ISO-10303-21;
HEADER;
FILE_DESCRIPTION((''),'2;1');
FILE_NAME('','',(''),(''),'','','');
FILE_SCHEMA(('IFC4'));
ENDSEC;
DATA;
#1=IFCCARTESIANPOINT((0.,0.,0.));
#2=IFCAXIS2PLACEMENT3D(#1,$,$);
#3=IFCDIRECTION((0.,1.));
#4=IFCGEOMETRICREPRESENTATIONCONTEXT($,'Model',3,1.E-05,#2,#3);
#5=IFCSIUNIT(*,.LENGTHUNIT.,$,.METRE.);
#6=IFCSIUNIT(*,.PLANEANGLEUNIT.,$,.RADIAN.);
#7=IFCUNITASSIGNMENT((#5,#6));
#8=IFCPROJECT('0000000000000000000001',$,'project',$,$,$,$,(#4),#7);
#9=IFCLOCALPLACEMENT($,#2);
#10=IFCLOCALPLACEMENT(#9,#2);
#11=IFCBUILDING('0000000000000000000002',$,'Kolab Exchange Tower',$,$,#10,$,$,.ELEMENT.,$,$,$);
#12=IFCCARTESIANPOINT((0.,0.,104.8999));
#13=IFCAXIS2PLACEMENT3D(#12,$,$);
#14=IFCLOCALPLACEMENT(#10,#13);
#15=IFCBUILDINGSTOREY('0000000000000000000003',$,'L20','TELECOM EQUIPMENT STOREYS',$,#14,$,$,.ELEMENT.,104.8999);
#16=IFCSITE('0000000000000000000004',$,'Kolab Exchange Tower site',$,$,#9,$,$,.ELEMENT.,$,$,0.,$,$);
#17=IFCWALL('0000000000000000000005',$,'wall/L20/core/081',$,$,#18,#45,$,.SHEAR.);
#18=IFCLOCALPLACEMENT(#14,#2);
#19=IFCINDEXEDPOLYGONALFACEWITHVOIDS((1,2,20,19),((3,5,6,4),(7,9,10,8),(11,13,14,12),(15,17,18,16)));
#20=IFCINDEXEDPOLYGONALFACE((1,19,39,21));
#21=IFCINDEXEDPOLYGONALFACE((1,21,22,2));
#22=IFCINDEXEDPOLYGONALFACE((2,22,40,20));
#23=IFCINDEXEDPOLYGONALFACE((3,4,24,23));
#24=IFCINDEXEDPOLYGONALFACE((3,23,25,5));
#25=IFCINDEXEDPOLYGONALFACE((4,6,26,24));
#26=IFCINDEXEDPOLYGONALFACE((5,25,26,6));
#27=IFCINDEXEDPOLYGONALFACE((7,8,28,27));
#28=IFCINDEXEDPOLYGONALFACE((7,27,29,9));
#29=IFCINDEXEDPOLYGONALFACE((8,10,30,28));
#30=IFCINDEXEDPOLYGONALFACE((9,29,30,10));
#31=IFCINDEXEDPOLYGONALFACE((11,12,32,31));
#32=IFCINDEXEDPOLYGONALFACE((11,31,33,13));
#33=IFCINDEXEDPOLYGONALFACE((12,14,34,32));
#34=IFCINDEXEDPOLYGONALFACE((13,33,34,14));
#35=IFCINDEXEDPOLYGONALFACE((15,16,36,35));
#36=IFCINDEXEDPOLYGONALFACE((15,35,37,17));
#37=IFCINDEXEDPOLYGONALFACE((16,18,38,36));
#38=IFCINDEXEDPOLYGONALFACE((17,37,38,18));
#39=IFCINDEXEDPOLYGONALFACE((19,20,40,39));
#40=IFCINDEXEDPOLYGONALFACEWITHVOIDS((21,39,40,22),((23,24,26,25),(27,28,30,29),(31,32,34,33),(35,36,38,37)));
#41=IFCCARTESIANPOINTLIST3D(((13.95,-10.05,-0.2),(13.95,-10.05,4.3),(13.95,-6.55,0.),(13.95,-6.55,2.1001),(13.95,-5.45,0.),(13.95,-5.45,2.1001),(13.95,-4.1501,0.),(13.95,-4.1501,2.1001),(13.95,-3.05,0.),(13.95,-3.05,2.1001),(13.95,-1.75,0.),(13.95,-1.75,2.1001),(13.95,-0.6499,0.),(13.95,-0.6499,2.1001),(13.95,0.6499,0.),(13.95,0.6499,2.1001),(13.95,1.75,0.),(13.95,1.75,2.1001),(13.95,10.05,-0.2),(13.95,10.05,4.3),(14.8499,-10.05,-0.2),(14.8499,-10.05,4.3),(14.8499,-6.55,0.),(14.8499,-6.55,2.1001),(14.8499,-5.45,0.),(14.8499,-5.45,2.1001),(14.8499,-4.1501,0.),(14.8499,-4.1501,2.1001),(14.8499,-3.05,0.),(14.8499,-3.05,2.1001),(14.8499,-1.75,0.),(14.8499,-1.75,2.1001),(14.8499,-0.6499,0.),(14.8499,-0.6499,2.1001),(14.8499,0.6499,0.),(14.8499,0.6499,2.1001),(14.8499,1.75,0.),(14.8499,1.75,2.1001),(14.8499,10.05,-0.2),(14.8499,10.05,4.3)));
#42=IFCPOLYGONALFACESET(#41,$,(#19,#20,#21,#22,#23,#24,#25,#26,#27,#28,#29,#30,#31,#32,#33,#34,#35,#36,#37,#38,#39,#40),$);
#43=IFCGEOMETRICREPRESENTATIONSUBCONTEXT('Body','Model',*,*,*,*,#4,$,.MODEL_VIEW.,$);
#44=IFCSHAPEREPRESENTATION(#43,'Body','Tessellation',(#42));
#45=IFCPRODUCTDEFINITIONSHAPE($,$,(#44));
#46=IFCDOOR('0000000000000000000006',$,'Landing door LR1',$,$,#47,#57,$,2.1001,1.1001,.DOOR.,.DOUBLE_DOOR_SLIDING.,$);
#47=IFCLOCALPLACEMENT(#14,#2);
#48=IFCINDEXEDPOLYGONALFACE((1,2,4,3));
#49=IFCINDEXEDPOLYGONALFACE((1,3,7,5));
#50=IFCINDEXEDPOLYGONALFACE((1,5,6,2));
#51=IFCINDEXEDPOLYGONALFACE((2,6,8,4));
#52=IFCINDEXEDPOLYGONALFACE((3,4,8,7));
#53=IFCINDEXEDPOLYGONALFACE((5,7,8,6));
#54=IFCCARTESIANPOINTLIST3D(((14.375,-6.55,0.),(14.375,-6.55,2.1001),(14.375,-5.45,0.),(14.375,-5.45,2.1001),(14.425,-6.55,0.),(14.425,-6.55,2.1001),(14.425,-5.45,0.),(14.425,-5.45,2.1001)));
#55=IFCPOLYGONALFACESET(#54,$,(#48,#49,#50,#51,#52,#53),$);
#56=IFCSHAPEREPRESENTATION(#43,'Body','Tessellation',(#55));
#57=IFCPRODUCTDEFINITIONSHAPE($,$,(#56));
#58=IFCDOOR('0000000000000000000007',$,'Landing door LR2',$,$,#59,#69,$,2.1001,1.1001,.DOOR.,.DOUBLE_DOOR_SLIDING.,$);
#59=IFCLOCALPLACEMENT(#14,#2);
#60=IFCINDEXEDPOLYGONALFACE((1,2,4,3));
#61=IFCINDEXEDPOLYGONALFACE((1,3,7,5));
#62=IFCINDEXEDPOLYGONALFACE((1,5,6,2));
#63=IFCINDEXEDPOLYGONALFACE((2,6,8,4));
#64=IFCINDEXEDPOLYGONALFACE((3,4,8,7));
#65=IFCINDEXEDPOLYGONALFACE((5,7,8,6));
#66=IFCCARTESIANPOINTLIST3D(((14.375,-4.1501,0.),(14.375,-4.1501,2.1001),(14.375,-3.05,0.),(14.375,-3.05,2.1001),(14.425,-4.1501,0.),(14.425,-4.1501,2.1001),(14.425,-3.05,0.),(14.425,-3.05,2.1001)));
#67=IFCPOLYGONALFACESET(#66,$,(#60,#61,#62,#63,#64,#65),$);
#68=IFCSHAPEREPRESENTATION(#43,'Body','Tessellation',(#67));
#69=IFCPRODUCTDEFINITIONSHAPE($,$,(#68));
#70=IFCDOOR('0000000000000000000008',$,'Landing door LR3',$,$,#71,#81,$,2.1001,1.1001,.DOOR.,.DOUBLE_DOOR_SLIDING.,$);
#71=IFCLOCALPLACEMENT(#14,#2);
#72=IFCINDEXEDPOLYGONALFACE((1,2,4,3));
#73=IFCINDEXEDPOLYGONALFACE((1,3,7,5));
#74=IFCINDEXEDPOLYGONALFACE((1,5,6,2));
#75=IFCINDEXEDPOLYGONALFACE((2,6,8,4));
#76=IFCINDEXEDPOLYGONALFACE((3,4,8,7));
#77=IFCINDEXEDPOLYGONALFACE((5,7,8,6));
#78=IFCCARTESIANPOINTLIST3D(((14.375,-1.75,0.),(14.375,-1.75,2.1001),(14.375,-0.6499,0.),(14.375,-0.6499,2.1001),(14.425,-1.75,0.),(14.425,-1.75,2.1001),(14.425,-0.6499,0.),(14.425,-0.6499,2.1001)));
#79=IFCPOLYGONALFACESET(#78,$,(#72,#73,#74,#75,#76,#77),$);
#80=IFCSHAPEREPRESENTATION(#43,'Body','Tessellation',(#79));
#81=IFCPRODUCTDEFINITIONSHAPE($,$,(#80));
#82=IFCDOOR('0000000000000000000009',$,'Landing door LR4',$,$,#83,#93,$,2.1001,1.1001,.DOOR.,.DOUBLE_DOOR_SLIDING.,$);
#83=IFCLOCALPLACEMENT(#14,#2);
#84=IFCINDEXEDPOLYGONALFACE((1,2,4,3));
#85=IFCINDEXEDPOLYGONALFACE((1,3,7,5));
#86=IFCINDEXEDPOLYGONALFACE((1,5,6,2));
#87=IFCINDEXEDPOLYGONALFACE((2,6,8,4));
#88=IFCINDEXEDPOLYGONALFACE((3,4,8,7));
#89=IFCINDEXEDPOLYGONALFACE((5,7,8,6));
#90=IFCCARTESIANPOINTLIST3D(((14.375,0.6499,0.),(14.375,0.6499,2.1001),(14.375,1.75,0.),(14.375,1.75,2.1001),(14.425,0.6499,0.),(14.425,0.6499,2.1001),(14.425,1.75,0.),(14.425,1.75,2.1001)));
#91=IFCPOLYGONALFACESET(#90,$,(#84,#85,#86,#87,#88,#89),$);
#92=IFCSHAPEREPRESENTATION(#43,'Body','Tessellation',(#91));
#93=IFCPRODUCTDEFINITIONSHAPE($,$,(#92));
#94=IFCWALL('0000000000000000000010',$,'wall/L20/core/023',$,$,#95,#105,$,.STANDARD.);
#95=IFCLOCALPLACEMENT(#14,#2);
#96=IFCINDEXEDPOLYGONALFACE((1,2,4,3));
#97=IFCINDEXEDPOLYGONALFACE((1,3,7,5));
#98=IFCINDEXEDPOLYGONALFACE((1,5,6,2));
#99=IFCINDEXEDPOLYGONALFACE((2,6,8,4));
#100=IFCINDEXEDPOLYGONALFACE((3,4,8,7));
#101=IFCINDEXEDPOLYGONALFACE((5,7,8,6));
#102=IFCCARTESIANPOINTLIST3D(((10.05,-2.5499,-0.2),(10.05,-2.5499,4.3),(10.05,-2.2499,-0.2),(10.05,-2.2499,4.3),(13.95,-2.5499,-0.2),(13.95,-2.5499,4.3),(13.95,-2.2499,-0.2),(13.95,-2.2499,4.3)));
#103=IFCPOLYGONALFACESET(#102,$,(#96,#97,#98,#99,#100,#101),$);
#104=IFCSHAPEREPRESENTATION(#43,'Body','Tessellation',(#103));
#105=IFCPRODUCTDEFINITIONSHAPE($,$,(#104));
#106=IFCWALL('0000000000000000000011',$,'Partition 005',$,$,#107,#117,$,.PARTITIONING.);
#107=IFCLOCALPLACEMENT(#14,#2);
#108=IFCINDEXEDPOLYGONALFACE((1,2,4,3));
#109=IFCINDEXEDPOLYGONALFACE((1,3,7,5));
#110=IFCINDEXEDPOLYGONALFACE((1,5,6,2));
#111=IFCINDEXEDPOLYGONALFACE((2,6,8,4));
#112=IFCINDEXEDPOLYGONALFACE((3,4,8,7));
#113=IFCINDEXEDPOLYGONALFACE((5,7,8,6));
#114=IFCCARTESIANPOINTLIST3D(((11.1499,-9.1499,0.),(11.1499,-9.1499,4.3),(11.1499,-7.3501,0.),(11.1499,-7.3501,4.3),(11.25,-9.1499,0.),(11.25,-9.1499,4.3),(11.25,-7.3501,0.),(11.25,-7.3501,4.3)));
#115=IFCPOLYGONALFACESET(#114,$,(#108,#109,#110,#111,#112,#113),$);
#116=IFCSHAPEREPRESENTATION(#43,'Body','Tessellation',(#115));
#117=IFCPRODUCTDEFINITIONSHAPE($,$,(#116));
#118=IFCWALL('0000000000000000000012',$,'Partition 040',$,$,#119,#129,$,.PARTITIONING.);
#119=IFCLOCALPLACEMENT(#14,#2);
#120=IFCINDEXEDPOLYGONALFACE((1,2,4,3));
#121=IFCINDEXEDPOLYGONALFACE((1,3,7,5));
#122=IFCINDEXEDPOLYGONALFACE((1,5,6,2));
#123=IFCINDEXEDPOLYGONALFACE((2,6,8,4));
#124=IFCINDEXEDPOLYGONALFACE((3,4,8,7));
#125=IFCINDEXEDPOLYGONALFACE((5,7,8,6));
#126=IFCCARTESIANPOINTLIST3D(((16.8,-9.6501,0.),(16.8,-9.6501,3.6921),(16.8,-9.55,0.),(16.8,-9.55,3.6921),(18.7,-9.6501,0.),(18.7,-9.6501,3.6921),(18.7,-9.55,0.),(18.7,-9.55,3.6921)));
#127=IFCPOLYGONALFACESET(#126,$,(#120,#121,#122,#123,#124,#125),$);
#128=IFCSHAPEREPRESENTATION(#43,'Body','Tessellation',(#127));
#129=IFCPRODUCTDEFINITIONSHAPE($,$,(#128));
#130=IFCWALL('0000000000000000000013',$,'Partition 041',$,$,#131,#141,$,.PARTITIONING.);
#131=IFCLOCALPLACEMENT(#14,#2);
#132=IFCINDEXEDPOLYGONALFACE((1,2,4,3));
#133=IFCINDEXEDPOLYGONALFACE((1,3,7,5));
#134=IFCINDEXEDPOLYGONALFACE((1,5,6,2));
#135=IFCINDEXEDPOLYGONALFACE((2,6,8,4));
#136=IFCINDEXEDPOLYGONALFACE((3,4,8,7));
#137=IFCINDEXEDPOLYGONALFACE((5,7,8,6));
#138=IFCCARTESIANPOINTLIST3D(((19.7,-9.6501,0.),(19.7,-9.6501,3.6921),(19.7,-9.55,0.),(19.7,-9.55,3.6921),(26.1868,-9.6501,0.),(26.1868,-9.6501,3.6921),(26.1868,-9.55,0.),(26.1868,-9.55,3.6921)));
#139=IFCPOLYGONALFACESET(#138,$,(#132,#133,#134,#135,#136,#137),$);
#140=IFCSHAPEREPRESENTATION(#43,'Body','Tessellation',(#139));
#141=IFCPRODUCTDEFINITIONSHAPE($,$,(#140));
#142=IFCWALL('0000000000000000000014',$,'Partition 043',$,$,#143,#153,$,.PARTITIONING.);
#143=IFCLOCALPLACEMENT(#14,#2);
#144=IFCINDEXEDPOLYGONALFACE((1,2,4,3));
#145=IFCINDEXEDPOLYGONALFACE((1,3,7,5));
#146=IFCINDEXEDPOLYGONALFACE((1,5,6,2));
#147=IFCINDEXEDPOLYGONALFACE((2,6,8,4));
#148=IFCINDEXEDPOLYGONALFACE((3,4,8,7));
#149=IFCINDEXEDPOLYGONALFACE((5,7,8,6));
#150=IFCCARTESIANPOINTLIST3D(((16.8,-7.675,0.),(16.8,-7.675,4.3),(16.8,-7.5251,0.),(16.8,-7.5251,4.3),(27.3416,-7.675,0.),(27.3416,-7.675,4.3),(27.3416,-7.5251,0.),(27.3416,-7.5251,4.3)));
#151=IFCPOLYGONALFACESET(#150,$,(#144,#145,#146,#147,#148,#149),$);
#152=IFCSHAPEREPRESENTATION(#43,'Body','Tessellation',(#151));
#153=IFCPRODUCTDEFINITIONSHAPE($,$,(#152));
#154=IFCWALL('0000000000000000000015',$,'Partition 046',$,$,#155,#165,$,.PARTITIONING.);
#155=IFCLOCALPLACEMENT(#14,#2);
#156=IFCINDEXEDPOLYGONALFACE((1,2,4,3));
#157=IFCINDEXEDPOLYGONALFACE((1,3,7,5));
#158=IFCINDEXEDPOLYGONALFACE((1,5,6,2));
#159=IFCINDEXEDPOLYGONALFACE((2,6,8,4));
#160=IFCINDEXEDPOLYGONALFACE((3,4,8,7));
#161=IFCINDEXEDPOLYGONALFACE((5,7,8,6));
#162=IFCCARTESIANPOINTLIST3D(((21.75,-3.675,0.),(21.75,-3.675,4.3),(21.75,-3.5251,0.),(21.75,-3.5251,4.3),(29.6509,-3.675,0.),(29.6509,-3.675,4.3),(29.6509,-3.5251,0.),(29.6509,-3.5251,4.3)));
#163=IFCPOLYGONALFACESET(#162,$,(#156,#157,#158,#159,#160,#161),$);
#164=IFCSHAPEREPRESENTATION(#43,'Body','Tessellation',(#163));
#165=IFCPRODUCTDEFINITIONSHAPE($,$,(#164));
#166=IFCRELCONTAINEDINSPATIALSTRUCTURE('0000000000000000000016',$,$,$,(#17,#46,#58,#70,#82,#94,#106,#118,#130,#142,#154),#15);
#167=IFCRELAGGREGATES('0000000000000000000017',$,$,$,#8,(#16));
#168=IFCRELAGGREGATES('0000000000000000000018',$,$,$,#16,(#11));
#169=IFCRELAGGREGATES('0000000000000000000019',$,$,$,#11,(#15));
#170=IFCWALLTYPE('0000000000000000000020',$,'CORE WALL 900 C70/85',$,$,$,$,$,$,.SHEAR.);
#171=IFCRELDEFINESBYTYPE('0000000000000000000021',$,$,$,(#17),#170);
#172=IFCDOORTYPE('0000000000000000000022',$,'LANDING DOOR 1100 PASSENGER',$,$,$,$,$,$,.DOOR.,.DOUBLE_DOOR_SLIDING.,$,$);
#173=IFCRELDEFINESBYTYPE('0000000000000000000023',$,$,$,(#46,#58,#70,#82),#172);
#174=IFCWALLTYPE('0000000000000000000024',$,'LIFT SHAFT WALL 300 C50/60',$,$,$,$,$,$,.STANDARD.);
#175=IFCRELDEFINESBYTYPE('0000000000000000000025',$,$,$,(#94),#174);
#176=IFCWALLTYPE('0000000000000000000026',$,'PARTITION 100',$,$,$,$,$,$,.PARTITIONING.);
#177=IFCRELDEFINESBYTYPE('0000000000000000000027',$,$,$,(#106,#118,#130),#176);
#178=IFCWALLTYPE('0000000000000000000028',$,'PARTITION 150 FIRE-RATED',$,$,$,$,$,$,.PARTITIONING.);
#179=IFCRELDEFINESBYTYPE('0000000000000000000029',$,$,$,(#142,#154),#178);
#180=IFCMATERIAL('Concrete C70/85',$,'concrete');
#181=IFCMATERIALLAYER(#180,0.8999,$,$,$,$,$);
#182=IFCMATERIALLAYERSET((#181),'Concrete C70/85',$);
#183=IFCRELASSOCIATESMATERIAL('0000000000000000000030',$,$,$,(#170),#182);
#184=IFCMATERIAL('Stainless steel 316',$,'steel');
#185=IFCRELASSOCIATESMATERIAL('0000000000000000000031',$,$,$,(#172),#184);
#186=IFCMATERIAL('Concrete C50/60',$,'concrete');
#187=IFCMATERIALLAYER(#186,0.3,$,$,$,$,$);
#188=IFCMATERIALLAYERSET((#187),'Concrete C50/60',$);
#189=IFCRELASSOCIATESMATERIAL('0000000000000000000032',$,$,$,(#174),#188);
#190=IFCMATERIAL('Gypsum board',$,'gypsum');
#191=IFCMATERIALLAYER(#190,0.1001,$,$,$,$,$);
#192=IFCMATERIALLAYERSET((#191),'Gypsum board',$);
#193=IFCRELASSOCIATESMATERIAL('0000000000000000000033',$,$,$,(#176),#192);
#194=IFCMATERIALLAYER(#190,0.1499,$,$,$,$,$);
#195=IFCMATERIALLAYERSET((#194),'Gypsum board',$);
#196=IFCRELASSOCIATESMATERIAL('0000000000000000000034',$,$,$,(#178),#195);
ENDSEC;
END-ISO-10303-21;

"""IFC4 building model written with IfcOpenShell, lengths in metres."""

from ifc_helpers import new_model, si_unit, direction, frame, frame_2d, origin, place, context, subcontext, project, spatial, rectangle, extrude, material, layer, layer_set, type_object, element, fill, save


model = new_model("IFC4")

# Units and contexts
model_context = context("Model", 3, precision=1e-05, world=origin(), true_north=direction((0.0, 1.0)))
body_context = subcontext(model_context, "Body", "Model", "MODEL_VIEW")
ifc_project = project(units=[si_unit("LENGTHUNIT", "METRE"), si_unit("PLANEANGLEUNIT", "RADIAN")], contexts=[model_context])

# Site, building, storey
site_placement = place(None, origin())
site = spatial("IfcSite", under=ifc_project, at=site_placement, Name="Kolab Exchange Tower site", CompositionType="ELEMENT", RefElevation=0.0)
building_placement = place(site_placement, origin())
building = spatial("IfcBuilding", under=site, at=building_placement, Name="Kolab Exchange Tower", CompositionType="ELEMENT")
storey_placement = place(building_placement, frame((0.0, 0.0, 104.8999)))
storey = spatial("IfcBuildingStorey", under=building, at=storey_placement, Name="L20", Description="TELECOM EQUIPMENT STOREYS", CompositionType="ELEMENT", Elevation=104.8999)

# Shared definitions
ifc_material_1 = material(Name="Concrete C70/85", Category="concrete")

# Wall, openings, doors
ifc_layer_1 = layer(ifc_material_1, 0.8999)
ifc_layer_set_1 = layer_set([ifc_layer_1], Name="Concrete C70/85")
wall_type_1 = type_object("IfcWallType", Name="CORE WALL 900 C70/85", PredefinedType="SHEAR", material=ifc_layer_set_1)
wall_1_placement = place(storey_placement, frame((14.3999, -10.05, -0.2), z_axis=(0.0, 0.0, 1.0), x_axis=(0.0, 1.0, 0.0)))
wall_1 = element("IfcWall", 1, at=wall_1_placement, inside=storey, type_object=wall_type_1, Name="wall/L20/core/081", PredefinedType="SHEAR", context=body_context, shape_type="SweptSolid", body=[
    extrude(rectangle(XDim=20.1001, YDim=0.8999, at=frame_2d((10.05, 0.0))), origin(), (0.0, 0.0, 1.0), 4.5),
])
opening_1_placement = place(wall_1_placement, frame((3.5, 0.0, 0.2)))
opening_1 = element("IfcOpeningElement", 2, at=opening_1_placement, cuts=wall_1, PredefinedType="OPENING", context=body_context, shape_type="SweptSolid", body=[
    extrude(rectangle(XDim=1.1001, YDim=2.1001, at=frame_2d((0.55, 1.05))), frame((0.0, 0.46, 0.0), z_axis=(0.0, -1.0, 0.0), x_axis=(1.0, 0.0, 0.0)), (0.0, 0.0, 1.0), 0.9199),
])
opening_2_placement = place(wall_1_placement, frame((5.8999, 0.0, 0.2)))
opening_2 = element("IfcOpeningElement", 3, at=opening_2_placement, cuts=wall_1, PredefinedType="OPENING", context=body_context, shape_type="SweptSolid", body=[
    extrude(rectangle(XDim=1.1001, YDim=2.1001, at=frame_2d((0.55, 1.05))), frame((0.0, 0.46, 0.0), z_axis=(0.0, -1.0, 0.0), x_axis=(1.0, 0.0, 0.0)), (0.0, 0.0, 1.0), 0.9199),
])
opening_3_placement = place(wall_1_placement, frame((8.3, 0.0, 0.2)))
opening_3 = element("IfcOpeningElement", 4, at=opening_3_placement, cuts=wall_1, PredefinedType="OPENING", context=body_context, shape_type="SweptSolid", body=[
    extrude(rectangle(XDim=1.1001, YDim=2.1001, at=frame_2d((0.55, 1.05))), frame((0.0, 0.46, 0.0), z_axis=(0.0, -1.0, 0.0), x_axis=(1.0, 0.0, 0.0)), (0.0, 0.0, 1.0), 0.9199),
])
opening_4_placement = place(wall_1_placement, frame((10.7, 0.0, 0.2)))
opening_4 = element("IfcOpeningElement", 5, at=opening_4_placement, cuts=wall_1, PredefinedType="OPENING", context=body_context, shape_type="SweptSolid", body=[
    extrude(rectangle(XDim=1.1001, YDim=2.1001, at=frame_2d((0.55, 1.05))), frame((0.0, 0.46, 0.0), z_axis=(0.0, -1.0, 0.0), x_axis=(1.0, 0.0, 0.0)), (0.0, 0.0, 1.0), 0.9199),
])
ifc_material_2 = material(Name="Stainless steel 316", Category="steel")
door_type_1 = type_object("IfcDoorType", Name="LANDING DOOR 1100 PASSENGER", OperationType="DOUBLE_DOOR_SLIDING", PredefinedType="DOOR", material=ifc_material_2)
door_1_placement = place(opening_1_placement, origin())
door_1 = element("IfcDoor", 6, at=door_1_placement, inside=storey, type_object=door_type_1, Name="Landing door LR1", OperationType="DOUBLE_DOOR_SLIDING", OverallHeight=2.1001, OverallWidth=1.1001, PredefinedType="DOOR", context=body_context, shape_type="SweptSolid", body=[
    extrude(rectangle(XDim=1.1001, YDim=2.1001, at=frame_2d((0.55, 1.05))), frame((0.0, 0.0249, 0.0), z_axis=(0.0, -1.0, 0.0), x_axis=(1.0, 0.0, 0.0)), (0.0, 0.0, 1.0), 0.05),
])
fill(opening_1, door_1)
door_2_placement = place(opening_2_placement, origin())
door_2 = element("IfcDoor", 7, at=door_2_placement, inside=storey, type_object=door_type_1, Name="Landing door LR2", OperationType="DOUBLE_DOOR_SLIDING", OverallHeight=2.1001, OverallWidth=1.1001, PredefinedType="DOOR", context=body_context, shape_type="SweptSolid", body=[
    extrude(rectangle(XDim=1.1001, YDim=2.1001, at=frame_2d((0.55, 1.05))), frame((0.0, 0.0249, 0.0), z_axis=(0.0, -1.0, 0.0), x_axis=(1.0, 0.0, 0.0)), (0.0, 0.0, 1.0), 0.05),
])
fill(opening_2, door_2)
door_3_placement = place(opening_3_placement, origin())
door_3 = element("IfcDoor", 8, at=door_3_placement, inside=storey, type_object=door_type_1, Name="Landing door LR3", OperationType="DOUBLE_DOOR_SLIDING", OverallHeight=2.1001, OverallWidth=1.1001, PredefinedType="DOOR", context=body_context, shape_type="SweptSolid", body=[
    extrude(rectangle(XDim=1.1001, YDim=2.1001, at=frame_2d((0.55, 1.05))), frame((0.0, 0.0249, 0.0), z_axis=(0.0, -1.0, 0.0), x_axis=(1.0, 0.0, 0.0)), (0.0, 0.0, 1.0), 0.05),
])
fill(opening_3, door_3)
door_4_placement = place(opening_4_placement, origin())
door_4 = element("IfcDoor", 9, at=door_4_placement, inside=storey, type_object=door_type_1, Name="Landing door LR4", OperationType="DOUBLE_DOOR_SLIDING", OverallHeight=2.1001, OverallWidth=1.1001, PredefinedType="DOOR", context=body_context, shape_type="SweptSolid", body=[
    extrude(rectangle(XDim=1.1001, YDim=2.1001, at=frame_2d((0.55, 1.05))), frame((0.0, 0.0249, 0.0), z_axis=(0.0, -1.0, 0.0), x_axis=(1.0, 0.0, 0.0)), (0.0, 0.0, 1.0), 0.05),
])
fill(opening_4, door_4)

# Walls
ifc_material_3 = material(Name="Concrete C50/60", Category="concrete")
ifc_layer_2 = layer(ifc_material_3, 0.3)
ifc_layer_set_2 = layer_set([ifc_layer_2], Name="Concrete C50/60")
wall_type_2 = type_object("IfcWallType", Name="LIFT SHAFT WALL 300 C50/60", PredefinedType="STANDARD", material=ifc_layer_set_2)
wall_2_placement = place(storey_placement, frame((10.05, -2.3999, -0.2), z_axis=(0.0, 0.0, 1.0), x_axis=(1.0, 0.0, 0.0)))
element("IfcWall", 10, at=wall_2_placement, inside=storey, type_object=wall_type_2, Name="wall/L20/core/023", PredefinedType="STANDARD", context=body_context, shape_type="SweptSolid", body=[
    extrude(rectangle(XDim=3.8999, YDim=0.3, at=frame_2d((1.95, 0.0))), origin(), (0.0, 0.0, 1.0), 4.5),
])
ifc_material_4 = material(Name="Gypsum board", Category="gypsum")
ifc_layer_3 = layer(ifc_material_4, 0.1001)
ifc_layer_set_3 = layer_set([ifc_layer_3], Name="Gypsum board")
wall_type_3 = type_object("IfcWallType", Name="PARTITION 100", PredefinedType="PARTITIONING", material=ifc_layer_set_3)
wall_3_placement = place(storey_placement, frame((11.2, -9.1499, 0.0), z_axis=(0.0, 0.0, 1.0), x_axis=(0.0, 1.0, 0.0)))
element("IfcWall", 11, at=wall_3_placement, inside=storey, type_object=wall_type_3, Name="Partition 005", PredefinedType="PARTITIONING", context=body_context, shape_type="SweptSolid", body=[
    extrude(rectangle(XDim=1.7998, YDim=0.1001, at=frame_2d((0.8999, 0.0))), origin(), (0.0, 0.0, 1.0), 4.3),
])
wall_4_placement = place(storey_placement, frame((16.8, -9.6001, 0.0), z_axis=(0.0, 0.0, 1.0), x_axis=(1.0, 0.0, 0.0)))
element("IfcWall", 12, at=wall_4_placement, inside=storey, type_object=wall_type_3, Name="Partition 040", PredefinedType="PARTITIONING", context=body_context, shape_type="SweptSolid", body=[
    extrude(rectangle(XDim=1.8999, YDim=0.1001, at=frame_2d((0.95, 0.0))), origin(), (0.0, 0.0, 1.0), 3.6921),
])
wall_5_placement = place(storey_placement, frame((19.7, -9.6001, 0.0), z_axis=(0.0, 0.0, 1.0), x_axis=(1.0, 0.0, 0.0)))
element("IfcWall", 13, at=wall_5_placement, inside=storey, type_object=wall_type_3, Name="Partition 041", PredefinedType="PARTITIONING", context=body_context, shape_type="SweptSolid", body=[
    extrude(rectangle(XDim=6.4868, YDim=0.1001, at=frame_2d((3.2434, 0.0))), origin(), (0.0, 0.0, 1.0), 3.6921),
])
ifc_layer_4 = layer(ifc_material_4, 0.1499)
ifc_layer_set_4 = layer_set([ifc_layer_4], Name="Gypsum board")
wall_type_4 = type_object("IfcWallType", Name="PARTITION 150 FIRE-RATED", PredefinedType="PARTITIONING", material=ifc_layer_set_4)
wall_6_placement = place(storey_placement, frame((16.8, -7.6001, 0.0), z_axis=(0.0, 0.0, 1.0), x_axis=(1.0, 0.0, 0.0)))
element("IfcWall", 14, at=wall_6_placement, inside=storey, type_object=wall_type_4, Name="Partition 043", PredefinedType="PARTITIONING", context=body_context, shape_type="SweptSolid", body=[
    extrude(rectangle(XDim=10.5415, YDim=0.1499, at=frame_2d((5.2708, 0.0))), origin(), (0.0, 0.0, 1.0), 4.3),
])
wall_7_placement = place(storey_placement, frame((21.75, -3.6001, 0.0), z_axis=(0.0, 0.0, 1.0), x_axis=(1.0, 0.0, 0.0)))
element("IfcWall", 15, at=wall_7_placement, inside=storey, type_object=wall_type_4, Name="Partition 046", PredefinedType="PARTITIONING", context=body_context, shape_type="SweptSolid", body=[
    extrude(rectangle(XDim=7.9009, YDim=0.1499, at=frame_2d((3.9504, 0.0))), origin(), (0.0, 0.0, 1.0), 4.3),
])

save(model, "model.ifc")
